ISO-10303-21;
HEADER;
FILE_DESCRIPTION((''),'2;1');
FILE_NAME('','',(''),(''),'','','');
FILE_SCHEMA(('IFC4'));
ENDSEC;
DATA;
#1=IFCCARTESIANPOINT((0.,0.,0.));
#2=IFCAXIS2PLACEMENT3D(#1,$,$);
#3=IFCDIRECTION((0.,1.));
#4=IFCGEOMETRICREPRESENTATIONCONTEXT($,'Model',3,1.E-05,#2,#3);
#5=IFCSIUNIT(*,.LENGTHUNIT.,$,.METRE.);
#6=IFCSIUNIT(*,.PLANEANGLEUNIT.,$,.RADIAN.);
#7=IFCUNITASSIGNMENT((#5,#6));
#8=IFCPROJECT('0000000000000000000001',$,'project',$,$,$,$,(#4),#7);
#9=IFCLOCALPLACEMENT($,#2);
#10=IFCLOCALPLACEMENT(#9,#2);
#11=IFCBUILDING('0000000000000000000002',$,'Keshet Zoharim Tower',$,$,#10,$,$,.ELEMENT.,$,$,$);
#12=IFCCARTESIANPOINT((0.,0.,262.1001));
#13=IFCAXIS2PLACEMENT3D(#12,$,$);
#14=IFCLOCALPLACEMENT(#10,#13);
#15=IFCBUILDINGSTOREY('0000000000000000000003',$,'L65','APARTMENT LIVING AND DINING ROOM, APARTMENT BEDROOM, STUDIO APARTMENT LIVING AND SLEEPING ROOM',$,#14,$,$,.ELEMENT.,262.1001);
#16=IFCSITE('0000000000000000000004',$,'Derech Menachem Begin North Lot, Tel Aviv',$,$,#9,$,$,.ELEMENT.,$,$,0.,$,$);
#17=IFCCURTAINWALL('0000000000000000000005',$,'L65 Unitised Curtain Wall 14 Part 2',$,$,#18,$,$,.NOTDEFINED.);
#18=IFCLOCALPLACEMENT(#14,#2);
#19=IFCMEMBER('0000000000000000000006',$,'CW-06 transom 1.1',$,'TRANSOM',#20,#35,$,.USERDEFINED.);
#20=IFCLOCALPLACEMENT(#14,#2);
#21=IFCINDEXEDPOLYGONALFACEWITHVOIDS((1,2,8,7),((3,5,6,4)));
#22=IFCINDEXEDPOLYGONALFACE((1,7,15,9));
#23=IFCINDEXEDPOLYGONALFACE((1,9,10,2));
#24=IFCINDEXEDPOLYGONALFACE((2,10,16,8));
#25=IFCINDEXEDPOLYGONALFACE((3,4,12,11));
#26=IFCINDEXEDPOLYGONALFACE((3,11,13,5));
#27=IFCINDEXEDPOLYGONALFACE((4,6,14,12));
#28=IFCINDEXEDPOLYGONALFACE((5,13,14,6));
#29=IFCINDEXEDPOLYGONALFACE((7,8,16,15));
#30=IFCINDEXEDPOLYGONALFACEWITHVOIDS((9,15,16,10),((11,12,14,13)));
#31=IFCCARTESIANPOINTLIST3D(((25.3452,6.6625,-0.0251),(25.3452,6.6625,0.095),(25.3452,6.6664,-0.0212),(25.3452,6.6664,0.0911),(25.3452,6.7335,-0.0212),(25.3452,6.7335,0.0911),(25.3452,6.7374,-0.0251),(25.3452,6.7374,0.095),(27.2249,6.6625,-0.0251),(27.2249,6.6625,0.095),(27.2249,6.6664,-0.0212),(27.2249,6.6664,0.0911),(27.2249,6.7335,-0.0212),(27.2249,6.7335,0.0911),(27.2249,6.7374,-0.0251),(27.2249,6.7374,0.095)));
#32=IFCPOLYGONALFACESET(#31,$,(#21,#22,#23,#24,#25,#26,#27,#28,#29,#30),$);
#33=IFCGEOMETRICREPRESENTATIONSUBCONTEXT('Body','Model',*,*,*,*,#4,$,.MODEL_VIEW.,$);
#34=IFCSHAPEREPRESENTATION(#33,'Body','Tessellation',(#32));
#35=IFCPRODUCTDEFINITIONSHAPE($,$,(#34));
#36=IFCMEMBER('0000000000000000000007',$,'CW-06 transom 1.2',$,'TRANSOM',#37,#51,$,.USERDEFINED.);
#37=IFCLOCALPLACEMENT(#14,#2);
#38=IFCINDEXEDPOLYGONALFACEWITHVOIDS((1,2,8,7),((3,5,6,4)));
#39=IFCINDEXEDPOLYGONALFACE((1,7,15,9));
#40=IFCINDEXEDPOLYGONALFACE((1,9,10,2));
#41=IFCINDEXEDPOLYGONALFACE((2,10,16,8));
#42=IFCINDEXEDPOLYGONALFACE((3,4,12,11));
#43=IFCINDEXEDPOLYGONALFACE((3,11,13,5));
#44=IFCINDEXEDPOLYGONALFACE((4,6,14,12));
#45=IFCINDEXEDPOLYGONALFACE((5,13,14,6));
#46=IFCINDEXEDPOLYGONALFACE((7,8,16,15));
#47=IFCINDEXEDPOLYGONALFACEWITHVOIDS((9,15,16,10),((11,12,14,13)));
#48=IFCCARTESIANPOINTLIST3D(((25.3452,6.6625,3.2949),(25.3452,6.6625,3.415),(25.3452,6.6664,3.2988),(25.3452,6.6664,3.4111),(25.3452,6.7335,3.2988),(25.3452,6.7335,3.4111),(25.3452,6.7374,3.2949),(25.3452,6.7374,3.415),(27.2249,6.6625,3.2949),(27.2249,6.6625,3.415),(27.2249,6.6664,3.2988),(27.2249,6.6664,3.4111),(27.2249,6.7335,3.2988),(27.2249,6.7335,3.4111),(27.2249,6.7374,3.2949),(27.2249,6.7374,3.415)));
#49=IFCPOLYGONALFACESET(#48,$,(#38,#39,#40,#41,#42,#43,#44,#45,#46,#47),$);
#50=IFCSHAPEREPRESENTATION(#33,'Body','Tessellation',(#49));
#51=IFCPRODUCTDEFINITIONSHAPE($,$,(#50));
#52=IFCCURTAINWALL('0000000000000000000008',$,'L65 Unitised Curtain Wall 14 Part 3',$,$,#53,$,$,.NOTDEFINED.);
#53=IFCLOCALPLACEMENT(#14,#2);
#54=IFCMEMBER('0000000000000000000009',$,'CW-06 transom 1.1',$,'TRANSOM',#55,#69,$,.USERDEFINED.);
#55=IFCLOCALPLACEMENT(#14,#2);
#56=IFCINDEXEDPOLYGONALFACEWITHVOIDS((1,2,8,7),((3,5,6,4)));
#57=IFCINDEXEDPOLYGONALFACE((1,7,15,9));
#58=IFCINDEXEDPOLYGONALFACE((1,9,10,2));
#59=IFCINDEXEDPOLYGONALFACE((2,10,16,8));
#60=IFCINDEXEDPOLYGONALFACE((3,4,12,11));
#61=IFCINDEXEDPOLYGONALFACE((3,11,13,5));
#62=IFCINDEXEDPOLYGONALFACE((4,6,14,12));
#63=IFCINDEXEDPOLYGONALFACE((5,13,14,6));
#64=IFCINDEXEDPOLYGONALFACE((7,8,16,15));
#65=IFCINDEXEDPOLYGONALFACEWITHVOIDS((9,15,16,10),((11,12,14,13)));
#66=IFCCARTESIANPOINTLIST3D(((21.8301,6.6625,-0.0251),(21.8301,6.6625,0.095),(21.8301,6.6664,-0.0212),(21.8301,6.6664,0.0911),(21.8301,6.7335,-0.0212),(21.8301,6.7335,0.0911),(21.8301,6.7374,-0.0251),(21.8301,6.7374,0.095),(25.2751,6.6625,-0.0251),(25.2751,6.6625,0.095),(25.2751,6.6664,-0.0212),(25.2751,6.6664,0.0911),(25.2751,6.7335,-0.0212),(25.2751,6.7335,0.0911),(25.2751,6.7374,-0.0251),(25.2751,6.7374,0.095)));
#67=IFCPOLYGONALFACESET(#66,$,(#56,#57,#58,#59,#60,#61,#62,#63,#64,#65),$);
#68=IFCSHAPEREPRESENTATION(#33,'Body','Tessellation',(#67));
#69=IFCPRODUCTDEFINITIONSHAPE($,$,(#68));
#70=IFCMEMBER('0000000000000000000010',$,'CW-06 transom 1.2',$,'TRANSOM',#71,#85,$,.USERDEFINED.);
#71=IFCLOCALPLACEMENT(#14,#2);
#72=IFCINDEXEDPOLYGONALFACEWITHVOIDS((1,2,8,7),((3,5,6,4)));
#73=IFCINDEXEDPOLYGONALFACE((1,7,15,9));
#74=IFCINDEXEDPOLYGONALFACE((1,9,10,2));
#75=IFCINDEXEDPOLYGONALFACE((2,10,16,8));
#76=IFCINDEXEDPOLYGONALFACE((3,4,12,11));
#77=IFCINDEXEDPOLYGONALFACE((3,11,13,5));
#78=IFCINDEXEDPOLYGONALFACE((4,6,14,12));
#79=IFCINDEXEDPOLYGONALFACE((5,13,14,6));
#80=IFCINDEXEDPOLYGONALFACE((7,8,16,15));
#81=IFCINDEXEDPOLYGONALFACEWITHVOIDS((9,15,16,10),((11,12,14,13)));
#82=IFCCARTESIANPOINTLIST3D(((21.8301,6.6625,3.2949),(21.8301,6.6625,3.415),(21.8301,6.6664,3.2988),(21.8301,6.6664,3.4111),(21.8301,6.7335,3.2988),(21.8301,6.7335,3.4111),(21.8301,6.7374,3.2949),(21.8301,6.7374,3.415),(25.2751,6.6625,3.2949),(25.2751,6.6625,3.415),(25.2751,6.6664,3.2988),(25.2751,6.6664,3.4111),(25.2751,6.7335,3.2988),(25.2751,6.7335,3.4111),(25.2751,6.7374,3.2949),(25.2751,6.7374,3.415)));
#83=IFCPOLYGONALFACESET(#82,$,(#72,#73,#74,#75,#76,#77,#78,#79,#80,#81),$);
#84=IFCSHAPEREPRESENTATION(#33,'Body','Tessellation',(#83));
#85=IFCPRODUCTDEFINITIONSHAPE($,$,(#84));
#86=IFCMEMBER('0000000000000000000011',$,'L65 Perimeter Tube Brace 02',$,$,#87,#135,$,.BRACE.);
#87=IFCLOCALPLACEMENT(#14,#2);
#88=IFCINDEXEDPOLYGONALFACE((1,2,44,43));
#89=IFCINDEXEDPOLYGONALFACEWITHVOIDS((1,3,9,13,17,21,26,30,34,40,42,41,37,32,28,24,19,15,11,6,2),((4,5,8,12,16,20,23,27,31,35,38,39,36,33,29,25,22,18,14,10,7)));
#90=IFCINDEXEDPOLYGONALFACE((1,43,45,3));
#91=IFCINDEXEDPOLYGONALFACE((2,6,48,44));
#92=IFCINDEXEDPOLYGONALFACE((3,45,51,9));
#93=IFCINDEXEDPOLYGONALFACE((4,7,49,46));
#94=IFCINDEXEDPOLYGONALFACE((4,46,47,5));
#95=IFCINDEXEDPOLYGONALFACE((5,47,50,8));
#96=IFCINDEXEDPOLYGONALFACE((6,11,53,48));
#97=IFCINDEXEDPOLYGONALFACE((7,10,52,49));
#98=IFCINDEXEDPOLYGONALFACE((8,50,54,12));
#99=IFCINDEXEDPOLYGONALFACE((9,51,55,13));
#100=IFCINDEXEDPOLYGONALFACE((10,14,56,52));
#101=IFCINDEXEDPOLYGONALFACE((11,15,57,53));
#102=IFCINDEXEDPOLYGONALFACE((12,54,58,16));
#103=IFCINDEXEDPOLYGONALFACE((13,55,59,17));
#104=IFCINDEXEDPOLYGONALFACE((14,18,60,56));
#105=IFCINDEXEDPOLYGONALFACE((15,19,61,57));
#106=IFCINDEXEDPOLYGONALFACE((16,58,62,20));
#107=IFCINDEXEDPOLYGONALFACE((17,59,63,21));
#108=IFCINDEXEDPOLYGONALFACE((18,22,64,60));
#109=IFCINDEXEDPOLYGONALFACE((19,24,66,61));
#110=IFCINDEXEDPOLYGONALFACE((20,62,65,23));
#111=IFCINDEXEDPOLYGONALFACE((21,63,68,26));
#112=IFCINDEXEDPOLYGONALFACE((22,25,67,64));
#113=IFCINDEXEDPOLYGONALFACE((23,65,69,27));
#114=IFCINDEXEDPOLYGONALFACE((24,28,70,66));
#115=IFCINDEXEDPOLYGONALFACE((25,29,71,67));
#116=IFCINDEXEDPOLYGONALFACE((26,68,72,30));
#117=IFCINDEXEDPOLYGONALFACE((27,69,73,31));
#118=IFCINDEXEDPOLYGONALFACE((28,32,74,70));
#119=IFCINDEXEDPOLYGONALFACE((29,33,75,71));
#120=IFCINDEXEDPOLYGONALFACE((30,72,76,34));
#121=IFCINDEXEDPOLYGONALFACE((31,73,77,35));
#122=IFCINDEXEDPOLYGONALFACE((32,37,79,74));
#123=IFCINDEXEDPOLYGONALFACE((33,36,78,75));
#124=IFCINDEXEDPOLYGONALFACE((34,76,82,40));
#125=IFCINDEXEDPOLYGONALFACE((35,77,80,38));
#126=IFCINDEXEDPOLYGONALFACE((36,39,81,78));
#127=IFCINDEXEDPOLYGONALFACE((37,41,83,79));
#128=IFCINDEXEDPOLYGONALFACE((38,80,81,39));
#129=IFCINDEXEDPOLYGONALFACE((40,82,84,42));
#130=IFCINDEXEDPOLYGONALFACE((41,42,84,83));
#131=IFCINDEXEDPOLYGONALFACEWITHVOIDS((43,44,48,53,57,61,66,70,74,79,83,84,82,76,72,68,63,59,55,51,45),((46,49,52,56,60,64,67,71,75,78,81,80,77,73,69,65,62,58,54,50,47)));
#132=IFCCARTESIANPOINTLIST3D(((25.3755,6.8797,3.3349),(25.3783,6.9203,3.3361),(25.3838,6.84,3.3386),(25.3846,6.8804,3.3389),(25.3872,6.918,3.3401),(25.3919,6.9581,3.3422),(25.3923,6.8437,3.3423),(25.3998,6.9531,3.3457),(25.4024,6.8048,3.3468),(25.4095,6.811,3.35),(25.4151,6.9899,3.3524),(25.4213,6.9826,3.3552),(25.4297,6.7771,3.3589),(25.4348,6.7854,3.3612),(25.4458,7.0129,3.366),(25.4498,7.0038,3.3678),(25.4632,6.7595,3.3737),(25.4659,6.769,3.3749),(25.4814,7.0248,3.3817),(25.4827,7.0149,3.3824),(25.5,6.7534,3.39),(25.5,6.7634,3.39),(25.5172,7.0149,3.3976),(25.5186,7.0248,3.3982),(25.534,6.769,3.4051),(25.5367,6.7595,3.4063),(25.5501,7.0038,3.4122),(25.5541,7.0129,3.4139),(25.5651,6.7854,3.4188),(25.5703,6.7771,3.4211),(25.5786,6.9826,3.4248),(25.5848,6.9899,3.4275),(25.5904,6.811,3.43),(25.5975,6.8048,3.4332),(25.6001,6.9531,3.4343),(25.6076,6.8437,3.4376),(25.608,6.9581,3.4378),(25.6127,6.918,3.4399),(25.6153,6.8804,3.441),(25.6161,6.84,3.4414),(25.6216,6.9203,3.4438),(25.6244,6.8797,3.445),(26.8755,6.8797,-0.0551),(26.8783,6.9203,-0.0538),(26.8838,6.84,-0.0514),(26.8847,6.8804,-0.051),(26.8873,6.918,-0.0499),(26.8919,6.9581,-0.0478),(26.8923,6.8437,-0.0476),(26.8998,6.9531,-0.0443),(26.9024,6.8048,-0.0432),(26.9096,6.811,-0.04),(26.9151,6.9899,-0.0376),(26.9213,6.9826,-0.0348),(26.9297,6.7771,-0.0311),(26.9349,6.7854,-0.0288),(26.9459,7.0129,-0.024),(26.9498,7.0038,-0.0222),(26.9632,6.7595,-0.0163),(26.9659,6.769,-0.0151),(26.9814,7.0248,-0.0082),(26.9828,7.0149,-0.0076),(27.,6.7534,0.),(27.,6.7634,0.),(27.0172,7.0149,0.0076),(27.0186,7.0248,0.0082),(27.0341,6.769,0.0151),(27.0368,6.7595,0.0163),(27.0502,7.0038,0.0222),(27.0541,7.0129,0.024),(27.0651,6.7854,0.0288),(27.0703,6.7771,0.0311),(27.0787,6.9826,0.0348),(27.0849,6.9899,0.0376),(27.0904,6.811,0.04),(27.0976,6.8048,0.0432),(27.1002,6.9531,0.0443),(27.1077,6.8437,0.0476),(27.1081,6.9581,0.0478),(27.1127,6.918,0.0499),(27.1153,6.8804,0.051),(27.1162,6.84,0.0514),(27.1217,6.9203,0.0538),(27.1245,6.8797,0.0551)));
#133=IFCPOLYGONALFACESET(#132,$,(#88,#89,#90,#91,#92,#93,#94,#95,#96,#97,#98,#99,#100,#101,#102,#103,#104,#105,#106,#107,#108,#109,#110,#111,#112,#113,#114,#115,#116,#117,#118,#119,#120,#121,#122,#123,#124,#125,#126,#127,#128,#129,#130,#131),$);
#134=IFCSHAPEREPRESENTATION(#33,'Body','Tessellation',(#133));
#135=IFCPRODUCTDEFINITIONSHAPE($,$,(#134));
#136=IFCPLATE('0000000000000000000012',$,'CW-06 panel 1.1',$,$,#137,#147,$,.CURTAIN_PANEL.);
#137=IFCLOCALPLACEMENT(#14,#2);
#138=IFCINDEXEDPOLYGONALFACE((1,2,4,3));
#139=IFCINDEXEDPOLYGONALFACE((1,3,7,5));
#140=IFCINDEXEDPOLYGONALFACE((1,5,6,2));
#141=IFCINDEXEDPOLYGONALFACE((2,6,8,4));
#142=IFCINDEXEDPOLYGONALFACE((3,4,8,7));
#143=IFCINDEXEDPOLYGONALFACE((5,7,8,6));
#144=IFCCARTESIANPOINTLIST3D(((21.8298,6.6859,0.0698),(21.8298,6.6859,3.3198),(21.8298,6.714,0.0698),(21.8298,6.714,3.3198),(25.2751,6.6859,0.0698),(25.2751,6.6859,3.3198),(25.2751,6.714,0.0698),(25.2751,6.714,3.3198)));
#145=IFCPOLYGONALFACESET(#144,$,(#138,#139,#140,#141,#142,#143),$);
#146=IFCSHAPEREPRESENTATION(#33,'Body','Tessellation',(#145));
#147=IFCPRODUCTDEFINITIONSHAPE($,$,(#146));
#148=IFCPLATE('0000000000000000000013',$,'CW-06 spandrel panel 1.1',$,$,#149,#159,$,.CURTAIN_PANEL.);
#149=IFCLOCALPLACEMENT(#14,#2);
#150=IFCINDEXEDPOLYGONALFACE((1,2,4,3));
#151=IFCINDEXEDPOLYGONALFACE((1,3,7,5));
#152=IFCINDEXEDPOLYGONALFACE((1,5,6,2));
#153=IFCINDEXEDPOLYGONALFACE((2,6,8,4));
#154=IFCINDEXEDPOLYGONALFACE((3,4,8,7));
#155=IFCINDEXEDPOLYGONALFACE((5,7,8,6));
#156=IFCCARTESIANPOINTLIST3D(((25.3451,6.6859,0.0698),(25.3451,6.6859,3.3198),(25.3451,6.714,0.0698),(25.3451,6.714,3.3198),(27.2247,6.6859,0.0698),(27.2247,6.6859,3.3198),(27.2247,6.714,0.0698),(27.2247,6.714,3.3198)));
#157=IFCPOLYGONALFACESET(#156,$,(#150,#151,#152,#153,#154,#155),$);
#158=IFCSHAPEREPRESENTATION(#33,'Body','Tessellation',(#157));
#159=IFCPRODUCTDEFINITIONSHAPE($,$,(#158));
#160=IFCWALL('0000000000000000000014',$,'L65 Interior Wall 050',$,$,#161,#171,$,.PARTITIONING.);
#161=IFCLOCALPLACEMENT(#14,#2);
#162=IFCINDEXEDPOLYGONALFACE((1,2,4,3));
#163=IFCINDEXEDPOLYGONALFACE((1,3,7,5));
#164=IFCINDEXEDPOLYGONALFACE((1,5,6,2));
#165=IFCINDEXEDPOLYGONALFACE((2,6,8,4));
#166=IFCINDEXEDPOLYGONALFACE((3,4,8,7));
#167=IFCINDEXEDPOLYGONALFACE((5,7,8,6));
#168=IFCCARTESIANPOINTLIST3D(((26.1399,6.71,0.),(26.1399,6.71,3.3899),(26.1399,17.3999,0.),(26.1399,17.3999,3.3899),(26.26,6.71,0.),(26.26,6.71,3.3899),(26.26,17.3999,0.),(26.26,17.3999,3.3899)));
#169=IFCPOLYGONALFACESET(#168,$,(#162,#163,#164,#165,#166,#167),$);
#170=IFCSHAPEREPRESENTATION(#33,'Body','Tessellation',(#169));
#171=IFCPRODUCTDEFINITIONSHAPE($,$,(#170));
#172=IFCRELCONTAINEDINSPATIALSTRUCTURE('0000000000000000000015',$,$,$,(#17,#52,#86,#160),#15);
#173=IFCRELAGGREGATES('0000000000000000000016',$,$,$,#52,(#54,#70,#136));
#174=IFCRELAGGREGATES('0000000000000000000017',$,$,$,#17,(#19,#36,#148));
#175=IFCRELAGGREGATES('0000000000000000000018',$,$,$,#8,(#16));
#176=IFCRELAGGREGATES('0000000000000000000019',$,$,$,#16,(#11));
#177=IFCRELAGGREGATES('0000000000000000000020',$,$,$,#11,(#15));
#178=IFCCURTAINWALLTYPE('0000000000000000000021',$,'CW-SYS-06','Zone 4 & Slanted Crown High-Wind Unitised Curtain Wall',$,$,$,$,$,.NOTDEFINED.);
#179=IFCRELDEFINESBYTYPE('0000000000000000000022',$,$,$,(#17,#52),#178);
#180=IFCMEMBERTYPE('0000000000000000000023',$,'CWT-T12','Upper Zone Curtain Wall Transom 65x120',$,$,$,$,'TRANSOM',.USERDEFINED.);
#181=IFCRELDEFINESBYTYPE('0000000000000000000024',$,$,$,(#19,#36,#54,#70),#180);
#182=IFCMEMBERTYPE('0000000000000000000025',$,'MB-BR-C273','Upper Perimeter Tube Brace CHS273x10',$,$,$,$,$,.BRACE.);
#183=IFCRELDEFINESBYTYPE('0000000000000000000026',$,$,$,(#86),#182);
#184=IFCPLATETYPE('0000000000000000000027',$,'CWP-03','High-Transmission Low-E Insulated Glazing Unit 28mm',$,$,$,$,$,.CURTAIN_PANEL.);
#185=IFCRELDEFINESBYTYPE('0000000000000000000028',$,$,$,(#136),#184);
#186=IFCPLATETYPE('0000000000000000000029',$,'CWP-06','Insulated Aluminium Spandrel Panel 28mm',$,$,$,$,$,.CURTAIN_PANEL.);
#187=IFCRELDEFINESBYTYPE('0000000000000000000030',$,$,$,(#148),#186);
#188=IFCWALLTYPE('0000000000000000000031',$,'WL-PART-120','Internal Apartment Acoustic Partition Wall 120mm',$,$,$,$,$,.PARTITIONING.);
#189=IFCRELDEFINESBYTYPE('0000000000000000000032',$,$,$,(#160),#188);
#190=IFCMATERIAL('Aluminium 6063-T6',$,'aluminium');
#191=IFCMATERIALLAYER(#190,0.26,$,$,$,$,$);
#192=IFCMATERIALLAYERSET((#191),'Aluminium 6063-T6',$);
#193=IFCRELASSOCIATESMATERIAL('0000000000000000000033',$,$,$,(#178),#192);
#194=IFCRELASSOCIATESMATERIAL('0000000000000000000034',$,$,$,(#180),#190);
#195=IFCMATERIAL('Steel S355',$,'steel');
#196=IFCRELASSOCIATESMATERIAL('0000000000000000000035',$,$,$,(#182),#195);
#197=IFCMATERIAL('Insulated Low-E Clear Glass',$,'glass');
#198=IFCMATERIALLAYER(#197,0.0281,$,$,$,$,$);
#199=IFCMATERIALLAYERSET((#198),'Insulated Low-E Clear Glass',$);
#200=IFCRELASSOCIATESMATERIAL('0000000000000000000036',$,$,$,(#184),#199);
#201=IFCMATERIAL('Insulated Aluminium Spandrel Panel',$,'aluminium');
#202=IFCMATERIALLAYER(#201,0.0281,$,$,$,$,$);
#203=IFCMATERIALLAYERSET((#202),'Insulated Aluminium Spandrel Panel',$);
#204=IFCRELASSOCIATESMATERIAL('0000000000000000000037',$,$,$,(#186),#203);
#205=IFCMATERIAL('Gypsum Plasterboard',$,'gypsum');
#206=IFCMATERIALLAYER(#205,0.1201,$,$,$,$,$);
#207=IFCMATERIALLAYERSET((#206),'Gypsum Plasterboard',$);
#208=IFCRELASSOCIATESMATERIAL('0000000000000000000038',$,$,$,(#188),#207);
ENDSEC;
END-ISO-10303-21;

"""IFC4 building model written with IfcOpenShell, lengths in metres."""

from ifc_helpers import new_model, si_unit, direction, frame, frame_2d, origin, origin_2d, place, context, subcontext, project, spatial, rectangle, hollow_rectangle, hollow_circle, extrude, material, layer, layer_set, material_profile, profile_set, type_object, element, aggregate, save


model = new_model("IFC4")

# Units and contexts
model_context = context("Model", 3, precision=1e-05, world=origin(), true_north=direction((0.0, 1.0)))
body_context = subcontext(model_context, "Body", "Model", "MODEL_VIEW")
ifc_project = project(units=[si_unit("LENGTHUNIT", "METRE"), si_unit("PLANEANGLEUNIT", "RADIAN")], contexts=[model_context])

# Site, building, storey
site_placement = place(None, origin())
site = spatial("IfcSite", under=ifc_project, at=site_placement, Name="Derech Menachem Begin North Lot, Tel Aviv", CompositionType="ELEMENT", RefElevation=0.0)
building_placement = place(site_placement, origin())
building = spatial("IfcBuilding", under=site, at=building_placement, Name="Keshet Zoharim Tower", CompositionType="ELEMENT")
storey_placement = place(building_placement, frame((0.0, 0.0, 262.1001)))
storey = spatial("IfcBuildingStorey", under=building, at=storey_placement, Name="L65", Description="APARTMENT LIVING AND DINING ROOM, APARTMENT BEDROOM, STUDIO APARTMENT LIVING AND SLEEPING ROOM", CompositionType="ELEMENT", Elevation=262.1001)

# Shared definitions
ifc_material_1 = material(Name="Steel S355", Category="steel")

# Shared definitions
ifc_material_2 = material(Name="Aluminium 6063-T6", Category="aluminium")
ifc_layer_1 = layer(ifc_material_2, 0.26)
ifc_layer_set_1 = layer_set([ifc_layer_1], Name="Aluminium 6063-T6")
curtain_wall_type = type_object("IfcCurtainWallType", Name="CW-SYS-06", Description="Zone 4 & Slanted Crown High-Wind Unitised Curtain Wall", PredefinedType="NOTDEFINED", material=ifc_layer_set_1)

# Curtain walls, members
curtain_wall_1_placement = place(storey_placement, origin())
curtain_wall_1 = element("IfcCurtainWall", 1, at=curtain_wall_1_placement, inside=storey, type_object=curtain_wall_type, Name="L65 Unitised Curtain Wall 14 Part 2", PredefinedType="NOTDEFINED")
ifc_material_profile_1 = material_profile(ifc_material_2, hollow_rectangle(XDim=0.075, YDim=0.1201, WallThickness=0.0039, at=origin_2d()), Name="TRN-75x120")
ifc_profile_set_1 = profile_set([ifc_material_profile_1], Name="Aluminium 6063-T6")
member_type_1 = type_object("IfcMemberType", Name="CWT-T12", Description="Upper Zone Curtain Wall Transom 65x120", ElementType="TRANSOM", PredefinedType="USERDEFINED", material=ifc_profile_set_1)
member_1_placement = place(storey_placement, frame((27.2249, 6.7, 0.0349), z_axis=(-1.0, 0.0, 0.0), x_axis=(0.0, -1.0, 0.0)))
member_1 = element("IfcMember", 2, at=member_1_placement, type_object=member_type_1, Name="CW-06 transom 1.1", ObjectType="TRANSOM", PredefinedType="USERDEFINED", context=body_context, shape_type="SweptSolid", body=[
    extrude(hollow_rectangle(XDim=0.075, YDim=0.1201, WallThickness=0.0039, at=origin_2d()), origin(), (0.0, 0.0, 1.0), 1.8796),
])
member_2_placement = place(storey_placement, frame((27.2249, 6.7, 3.355), z_axis=(-1.0, 0.0, 0.0), x_axis=(0.0, -1.0, 0.0)))
member_2 = element("IfcMember", 3, at=member_2_placement, type_object=member_type_1, Name="CW-06 transom 1.2", ObjectType="TRANSOM", PredefinedType="USERDEFINED", context=body_context, shape_type="SweptSolid", body=[
    extrude(hollow_rectangle(XDim=0.075, YDim=0.1201, WallThickness=0.0039, at=origin_2d()), origin(), (0.0, 0.0, 1.0), 1.8796),
])
curtain_wall_2_placement = place(storey_placement, origin())
curtain_wall_2 = element("IfcCurtainWall", 4, at=curtain_wall_2_placement, inside=storey, type_object=curtain_wall_type, Name="L65 Unitised Curtain Wall 14 Part 3", PredefinedType="NOTDEFINED")
member_3_placement = place(storey_placement, frame((25.2751, 6.7, 0.0349), z_axis=(-1.0, 0.0, 0.0), x_axis=(0.0, -1.0, 0.0)))
member_3 = element("IfcMember", 5, at=member_3_placement, type_object=member_type_1, Name="CW-06 transom 1.1", ObjectType="TRANSOM", PredefinedType="USERDEFINED", context=body_context, shape_type="SweptSolid", body=[
    extrude(hollow_rectangle(XDim=0.075, YDim=0.1201, WallThickness=0.0039, at=origin_2d()), origin(), (0.0, 0.0, 1.0), 3.4451),
])
member_4_placement = place(storey_placement, frame((25.2751, 6.7, 3.355), z_axis=(-1.0, 0.0, 0.0), x_axis=(0.0, -1.0, 0.0)))
member_4 = element("IfcMember", 6, at=member_4_placement, type_object=member_type_1, Name="CW-06 transom 1.2", ObjectType="TRANSOM", PredefinedType="USERDEFINED", context=body_context, shape_type="SweptSolid", body=[
    extrude(hollow_rectangle(XDim=0.075, YDim=0.1201, WallThickness=0.0039, at=origin_2d()), origin(), (0.0, 0.0, 1.0), 3.4451),
])

# Member
ifc_material_profile_2 = material_profile(ifc_material_1, hollow_circle(Radius=0.1365, WallThickness=0.01, at=origin_2d()), Name="CHS273x10")
ifc_profile_set_2 = profile_set([ifc_material_profile_2], Name="Steel S355")
member_type_2 = type_object("IfcMemberType", Name="MB-BR-C273", Description="Upper Perimeter Tube Brace CHS273x10", PredefinedType="BRACE", material=ifc_profile_set_2)
member_5_placement = place(storey_placement, frame((27.0, 6.8899, 0.0), z_axis=(-0.404647, 0.0, 0.914473), x_axis=(0.0, -1.0, 0.0)))
element("IfcMember", 7, at=member_5_placement, inside=storey, type_object=member_type_2, Name="L65 Perimeter Tube Brace 02", PredefinedType="BRACE", context=body_context, shape_type="SweptSolid", body=[
    extrude(hollow_circle(Radius=0.1365, WallThickness=0.01, at=origin_2d()), origin(), (0.0, 0.0, 1.0), 3.707),
])

# Plates
ifc_material_3 = material(Name="Insulated Low-E Clear Glass", Category="glass")
ifc_layer_2 = layer(ifc_material_3, 0.0281)
ifc_layer_set_2 = layer_set([ifc_layer_2], Name="Insulated Low-E Clear Glass")
plate_type_1 = type_object("IfcPlateType", Name="CWP-03", Description="High-Transmission Low-E Insulated Glazing Unit 28mm", PredefinedType="CURTAIN_PANEL", material=ifc_layer_set_2)
plate_1_placement = place(storey_placement, frame((23.5525, 6.7, 0.0698), z_axis=(0.0, 0.0, 1.0), x_axis=(-1.0, 0.0, 0.0)))
plate_1 = element("IfcPlate", 8, at=plate_1_placement, type_object=plate_type_1, Name="CW-06 panel 1.1", PredefinedType="CURTAIN_PANEL", context=body_context, shape_type="SweptSolid", body=[
    extrude(rectangle(XDim=3.4453, YDim=0.0281, at=origin_2d()), origin(), (0.0, 0.0, 1.0), 3.25),
])
aggregate(curtain_wall_2, [member_3, member_4, plate_1])
ifc_material_4 = material(Name="Insulated Aluminium Spandrel Panel", Category="aluminium")
ifc_layer_3 = layer(ifc_material_4, 0.0281)
ifc_layer_set_3 = layer_set([ifc_layer_3], Name="Insulated Aluminium Spandrel Panel")
plate_type_2 = type_object("IfcPlateType", Name="CWP-06", Description="Insulated Aluminium Spandrel Panel 28mm", PredefinedType="CURTAIN_PANEL", material=ifc_layer_set_3)
plate_2_placement = place(storey_placement, frame((26.2849, 6.7, 0.0698), z_axis=(0.0, 0.0, 1.0), x_axis=(-1.0, 0.0, 0.0)))
plate_2 = element("IfcPlate", 9, at=plate_2_placement, type_object=plate_type_2, Name="CW-06 spandrel panel 1.1", PredefinedType="CURTAIN_PANEL", context=body_context, shape_type="SweptSolid", body=[
    extrude(rectangle(XDim=1.8796, YDim=0.0281, at=origin_2d()), origin(), (0.0, 0.0, 1.0), 3.25),
])
aggregate(curtain_wall_1, [member_1, member_2, plate_2])

# Shared definitions
ifc_material_5 = material(Name="Gypsum Plasterboard", Category="gypsum")

# Wall
ifc_layer_4 = layer(ifc_material_5, 0.1201)
ifc_layer_set_4 = layer_set([ifc_layer_4], Name="Gypsum Plasterboard")
wall_type_1 = type_object("IfcWallType", Name="WL-PART-120", Description="Internal Apartment Acoustic Partition Wall 120mm", PredefinedType="PARTITIONING", material=ifc_layer_set_4)
wall_1_placement = place(storey_placement, frame((26.2, 6.71, 0.0), z_axis=(0.0, 0.0, 1.0), x_axis=(0.0, 1.0, 0.0)))
element("IfcWall", 10, at=wall_1_placement, inside=storey, type_object=wall_type_1, Name="L65 Interior Wall 050", PredefinedType="PARTITIONING", context=body_context, shape_type="SweptSolid", body=[
    extrude(rectangle(XDim=10.6899, YDim=0.1201, at=frame_2d((5.345, 0.0))), origin(), (0.0, 0.0, 1.0), 3.3899),
])

save(model, "model.ifc")
